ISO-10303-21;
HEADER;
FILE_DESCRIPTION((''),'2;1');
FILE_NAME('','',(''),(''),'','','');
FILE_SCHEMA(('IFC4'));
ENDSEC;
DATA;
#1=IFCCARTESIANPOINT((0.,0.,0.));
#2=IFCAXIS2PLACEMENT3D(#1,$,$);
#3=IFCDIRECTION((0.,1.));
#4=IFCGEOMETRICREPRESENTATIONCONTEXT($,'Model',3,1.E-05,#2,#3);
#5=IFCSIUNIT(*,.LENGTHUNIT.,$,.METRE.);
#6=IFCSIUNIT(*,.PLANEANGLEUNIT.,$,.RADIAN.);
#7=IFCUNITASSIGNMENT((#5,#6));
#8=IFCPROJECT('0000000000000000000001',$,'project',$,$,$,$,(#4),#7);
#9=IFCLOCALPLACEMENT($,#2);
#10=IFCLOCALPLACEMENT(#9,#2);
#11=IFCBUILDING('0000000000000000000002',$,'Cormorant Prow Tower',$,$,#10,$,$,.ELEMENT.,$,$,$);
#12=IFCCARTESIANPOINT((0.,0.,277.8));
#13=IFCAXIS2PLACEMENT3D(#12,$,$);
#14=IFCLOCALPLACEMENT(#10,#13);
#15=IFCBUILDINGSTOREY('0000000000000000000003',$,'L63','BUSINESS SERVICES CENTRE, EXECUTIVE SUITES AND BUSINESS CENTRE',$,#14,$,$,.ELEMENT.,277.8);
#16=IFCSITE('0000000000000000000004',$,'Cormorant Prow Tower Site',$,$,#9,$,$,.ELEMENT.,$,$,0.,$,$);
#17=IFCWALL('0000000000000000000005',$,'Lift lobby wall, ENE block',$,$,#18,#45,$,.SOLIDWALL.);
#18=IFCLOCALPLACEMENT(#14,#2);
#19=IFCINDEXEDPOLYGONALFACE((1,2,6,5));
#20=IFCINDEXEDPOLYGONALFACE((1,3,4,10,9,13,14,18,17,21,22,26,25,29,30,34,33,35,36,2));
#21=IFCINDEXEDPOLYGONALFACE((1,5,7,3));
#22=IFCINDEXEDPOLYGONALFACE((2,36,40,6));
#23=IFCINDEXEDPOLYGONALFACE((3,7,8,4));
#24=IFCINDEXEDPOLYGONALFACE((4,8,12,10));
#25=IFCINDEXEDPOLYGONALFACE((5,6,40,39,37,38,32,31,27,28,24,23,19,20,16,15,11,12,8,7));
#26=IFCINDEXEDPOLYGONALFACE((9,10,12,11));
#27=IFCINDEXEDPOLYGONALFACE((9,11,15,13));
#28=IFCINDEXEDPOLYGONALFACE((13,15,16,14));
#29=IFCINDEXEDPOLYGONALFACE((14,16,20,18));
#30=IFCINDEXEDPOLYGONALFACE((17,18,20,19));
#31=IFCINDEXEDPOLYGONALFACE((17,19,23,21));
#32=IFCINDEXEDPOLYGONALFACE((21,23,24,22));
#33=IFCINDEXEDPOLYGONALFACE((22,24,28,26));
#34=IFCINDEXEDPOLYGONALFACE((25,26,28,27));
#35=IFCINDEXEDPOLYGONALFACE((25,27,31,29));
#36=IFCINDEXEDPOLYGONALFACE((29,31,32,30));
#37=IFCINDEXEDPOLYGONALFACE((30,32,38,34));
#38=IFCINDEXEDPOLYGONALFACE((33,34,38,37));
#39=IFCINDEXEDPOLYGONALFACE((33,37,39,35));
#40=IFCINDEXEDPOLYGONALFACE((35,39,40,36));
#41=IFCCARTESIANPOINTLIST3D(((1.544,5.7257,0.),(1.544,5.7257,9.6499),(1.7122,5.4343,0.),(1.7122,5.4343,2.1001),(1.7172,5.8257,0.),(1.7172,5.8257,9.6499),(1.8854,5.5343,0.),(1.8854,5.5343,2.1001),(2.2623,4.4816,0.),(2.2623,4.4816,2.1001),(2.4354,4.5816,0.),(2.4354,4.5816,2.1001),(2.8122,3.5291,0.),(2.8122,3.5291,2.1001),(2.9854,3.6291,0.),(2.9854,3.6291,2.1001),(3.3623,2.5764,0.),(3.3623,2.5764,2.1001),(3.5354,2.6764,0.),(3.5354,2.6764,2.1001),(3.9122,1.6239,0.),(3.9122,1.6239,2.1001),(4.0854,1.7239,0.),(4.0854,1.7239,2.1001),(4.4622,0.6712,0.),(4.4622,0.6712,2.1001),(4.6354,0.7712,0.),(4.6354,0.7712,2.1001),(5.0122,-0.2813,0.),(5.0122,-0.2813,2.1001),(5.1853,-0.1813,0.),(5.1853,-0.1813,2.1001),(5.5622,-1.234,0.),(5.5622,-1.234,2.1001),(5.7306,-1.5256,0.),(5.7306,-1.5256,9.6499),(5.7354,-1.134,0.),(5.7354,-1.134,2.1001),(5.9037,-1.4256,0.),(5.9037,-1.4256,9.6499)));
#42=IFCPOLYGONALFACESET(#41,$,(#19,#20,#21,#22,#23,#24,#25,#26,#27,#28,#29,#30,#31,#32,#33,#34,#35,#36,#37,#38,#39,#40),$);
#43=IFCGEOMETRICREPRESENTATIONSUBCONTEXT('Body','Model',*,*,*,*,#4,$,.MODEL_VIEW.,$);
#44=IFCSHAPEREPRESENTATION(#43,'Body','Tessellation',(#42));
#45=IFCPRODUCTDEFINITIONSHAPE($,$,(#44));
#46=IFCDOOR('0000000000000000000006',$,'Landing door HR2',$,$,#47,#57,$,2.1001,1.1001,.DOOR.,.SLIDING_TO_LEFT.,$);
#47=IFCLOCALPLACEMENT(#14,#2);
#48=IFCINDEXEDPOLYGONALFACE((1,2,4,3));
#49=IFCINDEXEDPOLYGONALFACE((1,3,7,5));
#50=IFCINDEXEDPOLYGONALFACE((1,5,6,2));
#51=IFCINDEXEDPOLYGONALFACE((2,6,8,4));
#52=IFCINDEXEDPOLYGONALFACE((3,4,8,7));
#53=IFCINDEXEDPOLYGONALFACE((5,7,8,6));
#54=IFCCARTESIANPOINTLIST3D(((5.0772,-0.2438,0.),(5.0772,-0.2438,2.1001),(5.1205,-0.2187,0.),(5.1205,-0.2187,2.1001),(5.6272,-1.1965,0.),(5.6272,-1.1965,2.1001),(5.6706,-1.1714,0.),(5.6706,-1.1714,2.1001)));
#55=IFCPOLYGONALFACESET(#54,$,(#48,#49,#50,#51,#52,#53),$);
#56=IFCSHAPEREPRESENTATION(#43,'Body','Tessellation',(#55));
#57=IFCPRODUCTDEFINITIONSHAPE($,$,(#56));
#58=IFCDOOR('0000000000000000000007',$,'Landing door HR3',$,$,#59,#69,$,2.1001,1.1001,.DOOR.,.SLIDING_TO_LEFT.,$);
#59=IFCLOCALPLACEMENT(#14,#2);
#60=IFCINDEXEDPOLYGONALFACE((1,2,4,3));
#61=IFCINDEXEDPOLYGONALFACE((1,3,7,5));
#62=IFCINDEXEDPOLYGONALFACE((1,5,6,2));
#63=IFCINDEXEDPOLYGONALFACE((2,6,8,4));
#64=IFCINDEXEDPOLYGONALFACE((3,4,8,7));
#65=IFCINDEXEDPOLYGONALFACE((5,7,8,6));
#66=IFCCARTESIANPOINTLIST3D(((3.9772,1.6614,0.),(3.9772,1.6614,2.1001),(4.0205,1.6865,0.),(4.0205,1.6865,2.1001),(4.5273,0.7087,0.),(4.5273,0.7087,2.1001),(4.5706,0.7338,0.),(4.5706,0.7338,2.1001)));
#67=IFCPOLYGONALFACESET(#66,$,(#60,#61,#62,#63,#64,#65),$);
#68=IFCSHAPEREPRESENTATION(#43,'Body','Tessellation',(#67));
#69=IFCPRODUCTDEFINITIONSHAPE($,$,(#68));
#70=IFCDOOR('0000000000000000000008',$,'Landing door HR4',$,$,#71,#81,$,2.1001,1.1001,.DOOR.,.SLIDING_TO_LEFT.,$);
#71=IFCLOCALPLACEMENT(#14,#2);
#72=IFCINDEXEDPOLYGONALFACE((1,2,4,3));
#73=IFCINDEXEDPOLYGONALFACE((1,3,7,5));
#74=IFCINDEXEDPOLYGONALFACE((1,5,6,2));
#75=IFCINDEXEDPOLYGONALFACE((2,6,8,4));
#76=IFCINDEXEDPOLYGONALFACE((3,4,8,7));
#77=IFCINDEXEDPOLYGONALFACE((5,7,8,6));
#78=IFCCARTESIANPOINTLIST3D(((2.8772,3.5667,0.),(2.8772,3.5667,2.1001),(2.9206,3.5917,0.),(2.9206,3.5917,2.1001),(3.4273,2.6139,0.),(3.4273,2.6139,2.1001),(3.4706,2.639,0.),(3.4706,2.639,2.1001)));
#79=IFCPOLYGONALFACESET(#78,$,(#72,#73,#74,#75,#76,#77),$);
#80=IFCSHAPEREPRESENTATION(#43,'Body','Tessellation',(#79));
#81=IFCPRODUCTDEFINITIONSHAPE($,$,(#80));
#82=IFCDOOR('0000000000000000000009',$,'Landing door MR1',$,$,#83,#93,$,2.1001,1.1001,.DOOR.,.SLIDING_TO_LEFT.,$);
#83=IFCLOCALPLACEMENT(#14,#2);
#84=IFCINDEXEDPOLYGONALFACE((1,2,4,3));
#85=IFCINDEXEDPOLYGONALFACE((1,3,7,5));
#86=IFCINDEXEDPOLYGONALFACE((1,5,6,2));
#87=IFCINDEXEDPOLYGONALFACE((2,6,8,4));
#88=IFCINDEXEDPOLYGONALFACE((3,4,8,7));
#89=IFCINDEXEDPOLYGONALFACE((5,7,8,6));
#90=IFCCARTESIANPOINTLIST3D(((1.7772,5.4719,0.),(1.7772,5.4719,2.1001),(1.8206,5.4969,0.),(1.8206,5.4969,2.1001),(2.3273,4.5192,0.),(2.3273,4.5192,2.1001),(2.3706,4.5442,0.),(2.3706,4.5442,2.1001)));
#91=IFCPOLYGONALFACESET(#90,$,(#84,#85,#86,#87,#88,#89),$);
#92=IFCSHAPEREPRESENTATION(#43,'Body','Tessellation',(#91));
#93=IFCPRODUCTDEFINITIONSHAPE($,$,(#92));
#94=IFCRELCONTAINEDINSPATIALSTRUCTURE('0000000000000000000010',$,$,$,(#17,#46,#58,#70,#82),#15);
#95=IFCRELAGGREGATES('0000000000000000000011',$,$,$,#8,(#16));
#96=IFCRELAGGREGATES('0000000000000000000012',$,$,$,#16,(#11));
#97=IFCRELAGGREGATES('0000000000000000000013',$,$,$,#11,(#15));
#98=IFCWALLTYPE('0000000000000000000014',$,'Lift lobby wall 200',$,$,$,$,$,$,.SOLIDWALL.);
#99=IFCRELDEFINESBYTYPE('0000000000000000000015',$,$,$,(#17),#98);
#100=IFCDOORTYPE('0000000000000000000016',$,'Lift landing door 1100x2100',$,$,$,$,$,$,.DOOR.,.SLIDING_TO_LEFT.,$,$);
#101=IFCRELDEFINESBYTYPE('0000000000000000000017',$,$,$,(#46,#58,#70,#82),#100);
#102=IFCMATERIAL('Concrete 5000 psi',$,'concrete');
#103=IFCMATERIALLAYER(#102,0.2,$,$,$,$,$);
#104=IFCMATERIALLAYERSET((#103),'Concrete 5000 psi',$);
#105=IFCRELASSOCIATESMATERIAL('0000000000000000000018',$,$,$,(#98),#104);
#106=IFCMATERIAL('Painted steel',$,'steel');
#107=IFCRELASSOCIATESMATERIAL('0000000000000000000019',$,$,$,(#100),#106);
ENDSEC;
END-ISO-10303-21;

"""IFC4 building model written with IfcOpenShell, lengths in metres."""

from ifc_helpers import new_model, si_unit, direction, frame, frame_2d, origin, place, context, subcontext, project, spatial, rectangle, extrude, material, layer, layer_set, type_object, element, fill, save


model = new_model("IFC4")

# Units and contexts
model_context = context("Model", 3, precision=1e-05, world=origin(), true_north=direction((0.0, 1.0)))
body_context = subcontext(model_context, "Body", "Model", "MODEL_VIEW")
ifc_project = project(units=[si_unit("LENGTHUNIT", "METRE"), si_unit("PLANEANGLEUNIT", "RADIAN")], contexts=[model_context])

# Site, building, storey
site_placement = place(None, origin())
site = spatial("IfcSite", under=ifc_project, at=site_placement, Name="Cormorant Prow Tower Site", CompositionType="ELEMENT", RefElevation=0.0)
building_placement = place(site_placement, origin())
building = spatial("IfcBuilding", under=site, at=building_placement, Name="Cormorant Prow Tower", CompositionType="ELEMENT")
storey_placement = place(building_placement, frame((0.0, 0.0, 277.8)))
storey = spatial("IfcBuildingStorey", under=building, at=storey_placement, Name="L63", Description="BUSINESS SERVICES CENTRE, EXECUTIVE SUITES AND BUSINESS CENTRE", CompositionType="ELEMENT", Elevation=277.8)

# Wall, openings, doors
ifc_material_1 = material(Name="Concrete 5000 psi", Category="concrete")
ifc_layer_1 = layer(ifc_material_1, 0.2)
ifc_layer_set_1 = layer_set([ifc_layer_1], Name="Concrete 5000 psi")
wall_type_1 = type_object("IfcWallType", Name="Lift lobby wall 200", PredefinedType="SOLIDWALL", material=ifc_layer_set_1)
wall_1_placement = place(storey_placement, frame((5.8171, -1.4756, 0.0), z_axis=(0.0, 0.0, 1.0), x_axis=(-0.500003, 0.866024, 0.0)))
wall_1 = element("IfcWall", 1, at=wall_1_placement, inside=storey, type_object=wall_type_1, Name="Lift lobby wall, ENE block", PredefinedType="SOLIDWALL", context=body_context, shape_type="SweptSolid", body=[
    extrude(rectangle(XDim=8.373, YDim=0.2, at=frame_2d((4.1865, 0.0))), origin(), (0.0, 0.0, 1.0), 9.6499),
])
opening_1_placement = place(wall_1_placement, frame((0.3367, 0.0, 0.0)))
opening_1 = element("IfcOpeningElement", 2, at=opening_1_placement, cuts=wall_1, PredefinedType="OPENING", context=body_context, shape_type="SweptSolid", body=[
    extrude(rectangle(XDim=1.1001, YDim=2.1001, at=frame_2d((0.55, 1.05))), frame((0.0, 0.1099, 0.0), z_axis=(0.0, -1.0, 0.0), x_axis=(1.0, 0.0, 0.0)), (0.0, 0.0, 1.0), 0.22),
])
opening_2_placement = place(wall_1_placement, frame((2.5366, 0.0, 0.0)))
opening_2 = element("IfcOpeningElement", 3, at=opening_2_placement, cuts=wall_1, PredefinedType="OPENING", context=body_context, shape_type="SweptSolid", body=[
    extrude(rectangle(XDim=1.1001, YDim=2.1001, at=frame_2d((0.55, 1.05))), frame((0.0, 0.1099, 0.0), z_axis=(0.0, -1.0, 0.0), x_axis=(1.0, 0.0, 0.0)), (0.0, 0.0, 1.0), 0.22),
])
opening_3_placement = place(wall_1_placement, frame((4.7366, 0.0, 0.0)))
opening_3 = element("IfcOpeningElement", 4, at=opening_3_placement, cuts=wall_1, PredefinedType="OPENING", context=body_context, shape_type="SweptSolid", body=[
    extrude(rectangle(XDim=1.1001, YDim=2.1001, at=frame_2d((0.55, 1.05))), frame((0.0, 0.1099, 0.0), z_axis=(0.0, -1.0, 0.0), x_axis=(1.0, 0.0, 0.0)), (0.0, 0.0, 1.0), 0.22),
])
opening_4_placement = place(wall_1_placement, frame((6.9365, 0.0, 0.0)))
opening_4 = element("IfcOpeningElement", 5, at=opening_4_placement, cuts=wall_1, PredefinedType="OPENING", context=body_context, shape_type="SweptSolid", body=[
    extrude(rectangle(XDim=1.1001, YDim=2.1001, at=frame_2d((0.55, 1.05))), frame((0.0, 0.1099, 0.0), z_axis=(0.0, -1.0, 0.0), x_axis=(1.0, 0.0, 0.0)), (0.0, 0.0, 1.0), 0.22),
])
ifc_material_2 = material(Name="Painted steel", Category="steel")
door_type_1 = type_object("IfcDoorType", Name="Lift landing door 1100x2100", OperationType="SLIDING_TO_LEFT", PredefinedType="DOOR", material=ifc_material_2)
door_1_placement = place(opening_1_placement, origin())
door_1 = element("IfcDoor", 6, at=door_1_placement, inside=storey, type_object=door_type_1, Name="Landing door HR2", OperationType="SLIDING_TO_LEFT", OverallHeight=2.1001, OverallWidth=1.1001, PredefinedType="DOOR", context=body_context, shape_type="SweptSolid", body=[
    extrude(rectangle(XDim=1.1001, YDim=2.1001, at=frame_2d((0.55, 1.05))), frame((0.0, 0.0249, 0.0), z_axis=(0.0, -1.0, 0.0), x_axis=(1.0, 0.0, 0.0)), (0.0, 0.0, 1.0), 0.05),
])
fill(opening_1, door_1)
door_2_placement = place(opening_2_placement, origin())
door_2 = element("IfcDoor", 7, at=door_2_placement, inside=storey, type_object=door_type_1, Name="Landing door HR3", OperationType="SLIDING_TO_LEFT", OverallHeight=2.1001, OverallWidth=1.1001, PredefinedType="DOOR", context=body_context, shape_type="SweptSolid", body=[
    extrude(rectangle(XDim=1.1001, YDim=2.1001, at=frame_2d((0.55, 1.05))), frame((0.0, 0.0249, 0.0), z_axis=(0.0, -1.0, 0.0), x_axis=(1.0, 0.0, 0.0)), (0.0, 0.0, 1.0), 0.05),
])
fill(opening_2, door_2)
door_3_placement = place(opening_3_placement, origin())
door_3 = element("IfcDoor", 8, at=door_3_placement, inside=storey, type_object=door_type_1, Name="Landing door HR4", OperationType="SLIDING_TO_LEFT", OverallHeight=2.1001, OverallWidth=1.1001, PredefinedType="DOOR", context=body_context, shape_type="SweptSolid", body=[
    extrude(rectangle(XDim=1.1001, YDim=2.1001, at=frame_2d((0.55, 1.05))), frame((0.0, 0.0249, 0.0), z_axis=(0.0, -1.0, 0.0), x_axis=(1.0, 0.0, 0.0)), (0.0, 0.0, 1.0), 0.05),
])
fill(opening_3, door_3)
door_4_placement = place(opening_4_placement, origin())
door_4 = element("IfcDoor", 9, at=door_4_placement, inside=storey, type_object=door_type_1, Name="Landing door MR1", OperationType="SLIDING_TO_LEFT", OverallHeight=2.1001, OverallWidth=1.1001, PredefinedType="DOOR", context=body_context, shape_type="SweptSolid", body=[
    extrude(rectangle(XDim=1.1001, YDim=2.1001, at=frame_2d((0.55, 1.05))), frame((0.0, 0.0249, 0.0), z_axis=(0.0, -1.0, 0.0), x_axis=(1.0, 0.0, 0.0)), (0.0, 0.0, 1.0), 0.05),
])
fill(opening_4, door_4)

save(model, "model.ifc")
